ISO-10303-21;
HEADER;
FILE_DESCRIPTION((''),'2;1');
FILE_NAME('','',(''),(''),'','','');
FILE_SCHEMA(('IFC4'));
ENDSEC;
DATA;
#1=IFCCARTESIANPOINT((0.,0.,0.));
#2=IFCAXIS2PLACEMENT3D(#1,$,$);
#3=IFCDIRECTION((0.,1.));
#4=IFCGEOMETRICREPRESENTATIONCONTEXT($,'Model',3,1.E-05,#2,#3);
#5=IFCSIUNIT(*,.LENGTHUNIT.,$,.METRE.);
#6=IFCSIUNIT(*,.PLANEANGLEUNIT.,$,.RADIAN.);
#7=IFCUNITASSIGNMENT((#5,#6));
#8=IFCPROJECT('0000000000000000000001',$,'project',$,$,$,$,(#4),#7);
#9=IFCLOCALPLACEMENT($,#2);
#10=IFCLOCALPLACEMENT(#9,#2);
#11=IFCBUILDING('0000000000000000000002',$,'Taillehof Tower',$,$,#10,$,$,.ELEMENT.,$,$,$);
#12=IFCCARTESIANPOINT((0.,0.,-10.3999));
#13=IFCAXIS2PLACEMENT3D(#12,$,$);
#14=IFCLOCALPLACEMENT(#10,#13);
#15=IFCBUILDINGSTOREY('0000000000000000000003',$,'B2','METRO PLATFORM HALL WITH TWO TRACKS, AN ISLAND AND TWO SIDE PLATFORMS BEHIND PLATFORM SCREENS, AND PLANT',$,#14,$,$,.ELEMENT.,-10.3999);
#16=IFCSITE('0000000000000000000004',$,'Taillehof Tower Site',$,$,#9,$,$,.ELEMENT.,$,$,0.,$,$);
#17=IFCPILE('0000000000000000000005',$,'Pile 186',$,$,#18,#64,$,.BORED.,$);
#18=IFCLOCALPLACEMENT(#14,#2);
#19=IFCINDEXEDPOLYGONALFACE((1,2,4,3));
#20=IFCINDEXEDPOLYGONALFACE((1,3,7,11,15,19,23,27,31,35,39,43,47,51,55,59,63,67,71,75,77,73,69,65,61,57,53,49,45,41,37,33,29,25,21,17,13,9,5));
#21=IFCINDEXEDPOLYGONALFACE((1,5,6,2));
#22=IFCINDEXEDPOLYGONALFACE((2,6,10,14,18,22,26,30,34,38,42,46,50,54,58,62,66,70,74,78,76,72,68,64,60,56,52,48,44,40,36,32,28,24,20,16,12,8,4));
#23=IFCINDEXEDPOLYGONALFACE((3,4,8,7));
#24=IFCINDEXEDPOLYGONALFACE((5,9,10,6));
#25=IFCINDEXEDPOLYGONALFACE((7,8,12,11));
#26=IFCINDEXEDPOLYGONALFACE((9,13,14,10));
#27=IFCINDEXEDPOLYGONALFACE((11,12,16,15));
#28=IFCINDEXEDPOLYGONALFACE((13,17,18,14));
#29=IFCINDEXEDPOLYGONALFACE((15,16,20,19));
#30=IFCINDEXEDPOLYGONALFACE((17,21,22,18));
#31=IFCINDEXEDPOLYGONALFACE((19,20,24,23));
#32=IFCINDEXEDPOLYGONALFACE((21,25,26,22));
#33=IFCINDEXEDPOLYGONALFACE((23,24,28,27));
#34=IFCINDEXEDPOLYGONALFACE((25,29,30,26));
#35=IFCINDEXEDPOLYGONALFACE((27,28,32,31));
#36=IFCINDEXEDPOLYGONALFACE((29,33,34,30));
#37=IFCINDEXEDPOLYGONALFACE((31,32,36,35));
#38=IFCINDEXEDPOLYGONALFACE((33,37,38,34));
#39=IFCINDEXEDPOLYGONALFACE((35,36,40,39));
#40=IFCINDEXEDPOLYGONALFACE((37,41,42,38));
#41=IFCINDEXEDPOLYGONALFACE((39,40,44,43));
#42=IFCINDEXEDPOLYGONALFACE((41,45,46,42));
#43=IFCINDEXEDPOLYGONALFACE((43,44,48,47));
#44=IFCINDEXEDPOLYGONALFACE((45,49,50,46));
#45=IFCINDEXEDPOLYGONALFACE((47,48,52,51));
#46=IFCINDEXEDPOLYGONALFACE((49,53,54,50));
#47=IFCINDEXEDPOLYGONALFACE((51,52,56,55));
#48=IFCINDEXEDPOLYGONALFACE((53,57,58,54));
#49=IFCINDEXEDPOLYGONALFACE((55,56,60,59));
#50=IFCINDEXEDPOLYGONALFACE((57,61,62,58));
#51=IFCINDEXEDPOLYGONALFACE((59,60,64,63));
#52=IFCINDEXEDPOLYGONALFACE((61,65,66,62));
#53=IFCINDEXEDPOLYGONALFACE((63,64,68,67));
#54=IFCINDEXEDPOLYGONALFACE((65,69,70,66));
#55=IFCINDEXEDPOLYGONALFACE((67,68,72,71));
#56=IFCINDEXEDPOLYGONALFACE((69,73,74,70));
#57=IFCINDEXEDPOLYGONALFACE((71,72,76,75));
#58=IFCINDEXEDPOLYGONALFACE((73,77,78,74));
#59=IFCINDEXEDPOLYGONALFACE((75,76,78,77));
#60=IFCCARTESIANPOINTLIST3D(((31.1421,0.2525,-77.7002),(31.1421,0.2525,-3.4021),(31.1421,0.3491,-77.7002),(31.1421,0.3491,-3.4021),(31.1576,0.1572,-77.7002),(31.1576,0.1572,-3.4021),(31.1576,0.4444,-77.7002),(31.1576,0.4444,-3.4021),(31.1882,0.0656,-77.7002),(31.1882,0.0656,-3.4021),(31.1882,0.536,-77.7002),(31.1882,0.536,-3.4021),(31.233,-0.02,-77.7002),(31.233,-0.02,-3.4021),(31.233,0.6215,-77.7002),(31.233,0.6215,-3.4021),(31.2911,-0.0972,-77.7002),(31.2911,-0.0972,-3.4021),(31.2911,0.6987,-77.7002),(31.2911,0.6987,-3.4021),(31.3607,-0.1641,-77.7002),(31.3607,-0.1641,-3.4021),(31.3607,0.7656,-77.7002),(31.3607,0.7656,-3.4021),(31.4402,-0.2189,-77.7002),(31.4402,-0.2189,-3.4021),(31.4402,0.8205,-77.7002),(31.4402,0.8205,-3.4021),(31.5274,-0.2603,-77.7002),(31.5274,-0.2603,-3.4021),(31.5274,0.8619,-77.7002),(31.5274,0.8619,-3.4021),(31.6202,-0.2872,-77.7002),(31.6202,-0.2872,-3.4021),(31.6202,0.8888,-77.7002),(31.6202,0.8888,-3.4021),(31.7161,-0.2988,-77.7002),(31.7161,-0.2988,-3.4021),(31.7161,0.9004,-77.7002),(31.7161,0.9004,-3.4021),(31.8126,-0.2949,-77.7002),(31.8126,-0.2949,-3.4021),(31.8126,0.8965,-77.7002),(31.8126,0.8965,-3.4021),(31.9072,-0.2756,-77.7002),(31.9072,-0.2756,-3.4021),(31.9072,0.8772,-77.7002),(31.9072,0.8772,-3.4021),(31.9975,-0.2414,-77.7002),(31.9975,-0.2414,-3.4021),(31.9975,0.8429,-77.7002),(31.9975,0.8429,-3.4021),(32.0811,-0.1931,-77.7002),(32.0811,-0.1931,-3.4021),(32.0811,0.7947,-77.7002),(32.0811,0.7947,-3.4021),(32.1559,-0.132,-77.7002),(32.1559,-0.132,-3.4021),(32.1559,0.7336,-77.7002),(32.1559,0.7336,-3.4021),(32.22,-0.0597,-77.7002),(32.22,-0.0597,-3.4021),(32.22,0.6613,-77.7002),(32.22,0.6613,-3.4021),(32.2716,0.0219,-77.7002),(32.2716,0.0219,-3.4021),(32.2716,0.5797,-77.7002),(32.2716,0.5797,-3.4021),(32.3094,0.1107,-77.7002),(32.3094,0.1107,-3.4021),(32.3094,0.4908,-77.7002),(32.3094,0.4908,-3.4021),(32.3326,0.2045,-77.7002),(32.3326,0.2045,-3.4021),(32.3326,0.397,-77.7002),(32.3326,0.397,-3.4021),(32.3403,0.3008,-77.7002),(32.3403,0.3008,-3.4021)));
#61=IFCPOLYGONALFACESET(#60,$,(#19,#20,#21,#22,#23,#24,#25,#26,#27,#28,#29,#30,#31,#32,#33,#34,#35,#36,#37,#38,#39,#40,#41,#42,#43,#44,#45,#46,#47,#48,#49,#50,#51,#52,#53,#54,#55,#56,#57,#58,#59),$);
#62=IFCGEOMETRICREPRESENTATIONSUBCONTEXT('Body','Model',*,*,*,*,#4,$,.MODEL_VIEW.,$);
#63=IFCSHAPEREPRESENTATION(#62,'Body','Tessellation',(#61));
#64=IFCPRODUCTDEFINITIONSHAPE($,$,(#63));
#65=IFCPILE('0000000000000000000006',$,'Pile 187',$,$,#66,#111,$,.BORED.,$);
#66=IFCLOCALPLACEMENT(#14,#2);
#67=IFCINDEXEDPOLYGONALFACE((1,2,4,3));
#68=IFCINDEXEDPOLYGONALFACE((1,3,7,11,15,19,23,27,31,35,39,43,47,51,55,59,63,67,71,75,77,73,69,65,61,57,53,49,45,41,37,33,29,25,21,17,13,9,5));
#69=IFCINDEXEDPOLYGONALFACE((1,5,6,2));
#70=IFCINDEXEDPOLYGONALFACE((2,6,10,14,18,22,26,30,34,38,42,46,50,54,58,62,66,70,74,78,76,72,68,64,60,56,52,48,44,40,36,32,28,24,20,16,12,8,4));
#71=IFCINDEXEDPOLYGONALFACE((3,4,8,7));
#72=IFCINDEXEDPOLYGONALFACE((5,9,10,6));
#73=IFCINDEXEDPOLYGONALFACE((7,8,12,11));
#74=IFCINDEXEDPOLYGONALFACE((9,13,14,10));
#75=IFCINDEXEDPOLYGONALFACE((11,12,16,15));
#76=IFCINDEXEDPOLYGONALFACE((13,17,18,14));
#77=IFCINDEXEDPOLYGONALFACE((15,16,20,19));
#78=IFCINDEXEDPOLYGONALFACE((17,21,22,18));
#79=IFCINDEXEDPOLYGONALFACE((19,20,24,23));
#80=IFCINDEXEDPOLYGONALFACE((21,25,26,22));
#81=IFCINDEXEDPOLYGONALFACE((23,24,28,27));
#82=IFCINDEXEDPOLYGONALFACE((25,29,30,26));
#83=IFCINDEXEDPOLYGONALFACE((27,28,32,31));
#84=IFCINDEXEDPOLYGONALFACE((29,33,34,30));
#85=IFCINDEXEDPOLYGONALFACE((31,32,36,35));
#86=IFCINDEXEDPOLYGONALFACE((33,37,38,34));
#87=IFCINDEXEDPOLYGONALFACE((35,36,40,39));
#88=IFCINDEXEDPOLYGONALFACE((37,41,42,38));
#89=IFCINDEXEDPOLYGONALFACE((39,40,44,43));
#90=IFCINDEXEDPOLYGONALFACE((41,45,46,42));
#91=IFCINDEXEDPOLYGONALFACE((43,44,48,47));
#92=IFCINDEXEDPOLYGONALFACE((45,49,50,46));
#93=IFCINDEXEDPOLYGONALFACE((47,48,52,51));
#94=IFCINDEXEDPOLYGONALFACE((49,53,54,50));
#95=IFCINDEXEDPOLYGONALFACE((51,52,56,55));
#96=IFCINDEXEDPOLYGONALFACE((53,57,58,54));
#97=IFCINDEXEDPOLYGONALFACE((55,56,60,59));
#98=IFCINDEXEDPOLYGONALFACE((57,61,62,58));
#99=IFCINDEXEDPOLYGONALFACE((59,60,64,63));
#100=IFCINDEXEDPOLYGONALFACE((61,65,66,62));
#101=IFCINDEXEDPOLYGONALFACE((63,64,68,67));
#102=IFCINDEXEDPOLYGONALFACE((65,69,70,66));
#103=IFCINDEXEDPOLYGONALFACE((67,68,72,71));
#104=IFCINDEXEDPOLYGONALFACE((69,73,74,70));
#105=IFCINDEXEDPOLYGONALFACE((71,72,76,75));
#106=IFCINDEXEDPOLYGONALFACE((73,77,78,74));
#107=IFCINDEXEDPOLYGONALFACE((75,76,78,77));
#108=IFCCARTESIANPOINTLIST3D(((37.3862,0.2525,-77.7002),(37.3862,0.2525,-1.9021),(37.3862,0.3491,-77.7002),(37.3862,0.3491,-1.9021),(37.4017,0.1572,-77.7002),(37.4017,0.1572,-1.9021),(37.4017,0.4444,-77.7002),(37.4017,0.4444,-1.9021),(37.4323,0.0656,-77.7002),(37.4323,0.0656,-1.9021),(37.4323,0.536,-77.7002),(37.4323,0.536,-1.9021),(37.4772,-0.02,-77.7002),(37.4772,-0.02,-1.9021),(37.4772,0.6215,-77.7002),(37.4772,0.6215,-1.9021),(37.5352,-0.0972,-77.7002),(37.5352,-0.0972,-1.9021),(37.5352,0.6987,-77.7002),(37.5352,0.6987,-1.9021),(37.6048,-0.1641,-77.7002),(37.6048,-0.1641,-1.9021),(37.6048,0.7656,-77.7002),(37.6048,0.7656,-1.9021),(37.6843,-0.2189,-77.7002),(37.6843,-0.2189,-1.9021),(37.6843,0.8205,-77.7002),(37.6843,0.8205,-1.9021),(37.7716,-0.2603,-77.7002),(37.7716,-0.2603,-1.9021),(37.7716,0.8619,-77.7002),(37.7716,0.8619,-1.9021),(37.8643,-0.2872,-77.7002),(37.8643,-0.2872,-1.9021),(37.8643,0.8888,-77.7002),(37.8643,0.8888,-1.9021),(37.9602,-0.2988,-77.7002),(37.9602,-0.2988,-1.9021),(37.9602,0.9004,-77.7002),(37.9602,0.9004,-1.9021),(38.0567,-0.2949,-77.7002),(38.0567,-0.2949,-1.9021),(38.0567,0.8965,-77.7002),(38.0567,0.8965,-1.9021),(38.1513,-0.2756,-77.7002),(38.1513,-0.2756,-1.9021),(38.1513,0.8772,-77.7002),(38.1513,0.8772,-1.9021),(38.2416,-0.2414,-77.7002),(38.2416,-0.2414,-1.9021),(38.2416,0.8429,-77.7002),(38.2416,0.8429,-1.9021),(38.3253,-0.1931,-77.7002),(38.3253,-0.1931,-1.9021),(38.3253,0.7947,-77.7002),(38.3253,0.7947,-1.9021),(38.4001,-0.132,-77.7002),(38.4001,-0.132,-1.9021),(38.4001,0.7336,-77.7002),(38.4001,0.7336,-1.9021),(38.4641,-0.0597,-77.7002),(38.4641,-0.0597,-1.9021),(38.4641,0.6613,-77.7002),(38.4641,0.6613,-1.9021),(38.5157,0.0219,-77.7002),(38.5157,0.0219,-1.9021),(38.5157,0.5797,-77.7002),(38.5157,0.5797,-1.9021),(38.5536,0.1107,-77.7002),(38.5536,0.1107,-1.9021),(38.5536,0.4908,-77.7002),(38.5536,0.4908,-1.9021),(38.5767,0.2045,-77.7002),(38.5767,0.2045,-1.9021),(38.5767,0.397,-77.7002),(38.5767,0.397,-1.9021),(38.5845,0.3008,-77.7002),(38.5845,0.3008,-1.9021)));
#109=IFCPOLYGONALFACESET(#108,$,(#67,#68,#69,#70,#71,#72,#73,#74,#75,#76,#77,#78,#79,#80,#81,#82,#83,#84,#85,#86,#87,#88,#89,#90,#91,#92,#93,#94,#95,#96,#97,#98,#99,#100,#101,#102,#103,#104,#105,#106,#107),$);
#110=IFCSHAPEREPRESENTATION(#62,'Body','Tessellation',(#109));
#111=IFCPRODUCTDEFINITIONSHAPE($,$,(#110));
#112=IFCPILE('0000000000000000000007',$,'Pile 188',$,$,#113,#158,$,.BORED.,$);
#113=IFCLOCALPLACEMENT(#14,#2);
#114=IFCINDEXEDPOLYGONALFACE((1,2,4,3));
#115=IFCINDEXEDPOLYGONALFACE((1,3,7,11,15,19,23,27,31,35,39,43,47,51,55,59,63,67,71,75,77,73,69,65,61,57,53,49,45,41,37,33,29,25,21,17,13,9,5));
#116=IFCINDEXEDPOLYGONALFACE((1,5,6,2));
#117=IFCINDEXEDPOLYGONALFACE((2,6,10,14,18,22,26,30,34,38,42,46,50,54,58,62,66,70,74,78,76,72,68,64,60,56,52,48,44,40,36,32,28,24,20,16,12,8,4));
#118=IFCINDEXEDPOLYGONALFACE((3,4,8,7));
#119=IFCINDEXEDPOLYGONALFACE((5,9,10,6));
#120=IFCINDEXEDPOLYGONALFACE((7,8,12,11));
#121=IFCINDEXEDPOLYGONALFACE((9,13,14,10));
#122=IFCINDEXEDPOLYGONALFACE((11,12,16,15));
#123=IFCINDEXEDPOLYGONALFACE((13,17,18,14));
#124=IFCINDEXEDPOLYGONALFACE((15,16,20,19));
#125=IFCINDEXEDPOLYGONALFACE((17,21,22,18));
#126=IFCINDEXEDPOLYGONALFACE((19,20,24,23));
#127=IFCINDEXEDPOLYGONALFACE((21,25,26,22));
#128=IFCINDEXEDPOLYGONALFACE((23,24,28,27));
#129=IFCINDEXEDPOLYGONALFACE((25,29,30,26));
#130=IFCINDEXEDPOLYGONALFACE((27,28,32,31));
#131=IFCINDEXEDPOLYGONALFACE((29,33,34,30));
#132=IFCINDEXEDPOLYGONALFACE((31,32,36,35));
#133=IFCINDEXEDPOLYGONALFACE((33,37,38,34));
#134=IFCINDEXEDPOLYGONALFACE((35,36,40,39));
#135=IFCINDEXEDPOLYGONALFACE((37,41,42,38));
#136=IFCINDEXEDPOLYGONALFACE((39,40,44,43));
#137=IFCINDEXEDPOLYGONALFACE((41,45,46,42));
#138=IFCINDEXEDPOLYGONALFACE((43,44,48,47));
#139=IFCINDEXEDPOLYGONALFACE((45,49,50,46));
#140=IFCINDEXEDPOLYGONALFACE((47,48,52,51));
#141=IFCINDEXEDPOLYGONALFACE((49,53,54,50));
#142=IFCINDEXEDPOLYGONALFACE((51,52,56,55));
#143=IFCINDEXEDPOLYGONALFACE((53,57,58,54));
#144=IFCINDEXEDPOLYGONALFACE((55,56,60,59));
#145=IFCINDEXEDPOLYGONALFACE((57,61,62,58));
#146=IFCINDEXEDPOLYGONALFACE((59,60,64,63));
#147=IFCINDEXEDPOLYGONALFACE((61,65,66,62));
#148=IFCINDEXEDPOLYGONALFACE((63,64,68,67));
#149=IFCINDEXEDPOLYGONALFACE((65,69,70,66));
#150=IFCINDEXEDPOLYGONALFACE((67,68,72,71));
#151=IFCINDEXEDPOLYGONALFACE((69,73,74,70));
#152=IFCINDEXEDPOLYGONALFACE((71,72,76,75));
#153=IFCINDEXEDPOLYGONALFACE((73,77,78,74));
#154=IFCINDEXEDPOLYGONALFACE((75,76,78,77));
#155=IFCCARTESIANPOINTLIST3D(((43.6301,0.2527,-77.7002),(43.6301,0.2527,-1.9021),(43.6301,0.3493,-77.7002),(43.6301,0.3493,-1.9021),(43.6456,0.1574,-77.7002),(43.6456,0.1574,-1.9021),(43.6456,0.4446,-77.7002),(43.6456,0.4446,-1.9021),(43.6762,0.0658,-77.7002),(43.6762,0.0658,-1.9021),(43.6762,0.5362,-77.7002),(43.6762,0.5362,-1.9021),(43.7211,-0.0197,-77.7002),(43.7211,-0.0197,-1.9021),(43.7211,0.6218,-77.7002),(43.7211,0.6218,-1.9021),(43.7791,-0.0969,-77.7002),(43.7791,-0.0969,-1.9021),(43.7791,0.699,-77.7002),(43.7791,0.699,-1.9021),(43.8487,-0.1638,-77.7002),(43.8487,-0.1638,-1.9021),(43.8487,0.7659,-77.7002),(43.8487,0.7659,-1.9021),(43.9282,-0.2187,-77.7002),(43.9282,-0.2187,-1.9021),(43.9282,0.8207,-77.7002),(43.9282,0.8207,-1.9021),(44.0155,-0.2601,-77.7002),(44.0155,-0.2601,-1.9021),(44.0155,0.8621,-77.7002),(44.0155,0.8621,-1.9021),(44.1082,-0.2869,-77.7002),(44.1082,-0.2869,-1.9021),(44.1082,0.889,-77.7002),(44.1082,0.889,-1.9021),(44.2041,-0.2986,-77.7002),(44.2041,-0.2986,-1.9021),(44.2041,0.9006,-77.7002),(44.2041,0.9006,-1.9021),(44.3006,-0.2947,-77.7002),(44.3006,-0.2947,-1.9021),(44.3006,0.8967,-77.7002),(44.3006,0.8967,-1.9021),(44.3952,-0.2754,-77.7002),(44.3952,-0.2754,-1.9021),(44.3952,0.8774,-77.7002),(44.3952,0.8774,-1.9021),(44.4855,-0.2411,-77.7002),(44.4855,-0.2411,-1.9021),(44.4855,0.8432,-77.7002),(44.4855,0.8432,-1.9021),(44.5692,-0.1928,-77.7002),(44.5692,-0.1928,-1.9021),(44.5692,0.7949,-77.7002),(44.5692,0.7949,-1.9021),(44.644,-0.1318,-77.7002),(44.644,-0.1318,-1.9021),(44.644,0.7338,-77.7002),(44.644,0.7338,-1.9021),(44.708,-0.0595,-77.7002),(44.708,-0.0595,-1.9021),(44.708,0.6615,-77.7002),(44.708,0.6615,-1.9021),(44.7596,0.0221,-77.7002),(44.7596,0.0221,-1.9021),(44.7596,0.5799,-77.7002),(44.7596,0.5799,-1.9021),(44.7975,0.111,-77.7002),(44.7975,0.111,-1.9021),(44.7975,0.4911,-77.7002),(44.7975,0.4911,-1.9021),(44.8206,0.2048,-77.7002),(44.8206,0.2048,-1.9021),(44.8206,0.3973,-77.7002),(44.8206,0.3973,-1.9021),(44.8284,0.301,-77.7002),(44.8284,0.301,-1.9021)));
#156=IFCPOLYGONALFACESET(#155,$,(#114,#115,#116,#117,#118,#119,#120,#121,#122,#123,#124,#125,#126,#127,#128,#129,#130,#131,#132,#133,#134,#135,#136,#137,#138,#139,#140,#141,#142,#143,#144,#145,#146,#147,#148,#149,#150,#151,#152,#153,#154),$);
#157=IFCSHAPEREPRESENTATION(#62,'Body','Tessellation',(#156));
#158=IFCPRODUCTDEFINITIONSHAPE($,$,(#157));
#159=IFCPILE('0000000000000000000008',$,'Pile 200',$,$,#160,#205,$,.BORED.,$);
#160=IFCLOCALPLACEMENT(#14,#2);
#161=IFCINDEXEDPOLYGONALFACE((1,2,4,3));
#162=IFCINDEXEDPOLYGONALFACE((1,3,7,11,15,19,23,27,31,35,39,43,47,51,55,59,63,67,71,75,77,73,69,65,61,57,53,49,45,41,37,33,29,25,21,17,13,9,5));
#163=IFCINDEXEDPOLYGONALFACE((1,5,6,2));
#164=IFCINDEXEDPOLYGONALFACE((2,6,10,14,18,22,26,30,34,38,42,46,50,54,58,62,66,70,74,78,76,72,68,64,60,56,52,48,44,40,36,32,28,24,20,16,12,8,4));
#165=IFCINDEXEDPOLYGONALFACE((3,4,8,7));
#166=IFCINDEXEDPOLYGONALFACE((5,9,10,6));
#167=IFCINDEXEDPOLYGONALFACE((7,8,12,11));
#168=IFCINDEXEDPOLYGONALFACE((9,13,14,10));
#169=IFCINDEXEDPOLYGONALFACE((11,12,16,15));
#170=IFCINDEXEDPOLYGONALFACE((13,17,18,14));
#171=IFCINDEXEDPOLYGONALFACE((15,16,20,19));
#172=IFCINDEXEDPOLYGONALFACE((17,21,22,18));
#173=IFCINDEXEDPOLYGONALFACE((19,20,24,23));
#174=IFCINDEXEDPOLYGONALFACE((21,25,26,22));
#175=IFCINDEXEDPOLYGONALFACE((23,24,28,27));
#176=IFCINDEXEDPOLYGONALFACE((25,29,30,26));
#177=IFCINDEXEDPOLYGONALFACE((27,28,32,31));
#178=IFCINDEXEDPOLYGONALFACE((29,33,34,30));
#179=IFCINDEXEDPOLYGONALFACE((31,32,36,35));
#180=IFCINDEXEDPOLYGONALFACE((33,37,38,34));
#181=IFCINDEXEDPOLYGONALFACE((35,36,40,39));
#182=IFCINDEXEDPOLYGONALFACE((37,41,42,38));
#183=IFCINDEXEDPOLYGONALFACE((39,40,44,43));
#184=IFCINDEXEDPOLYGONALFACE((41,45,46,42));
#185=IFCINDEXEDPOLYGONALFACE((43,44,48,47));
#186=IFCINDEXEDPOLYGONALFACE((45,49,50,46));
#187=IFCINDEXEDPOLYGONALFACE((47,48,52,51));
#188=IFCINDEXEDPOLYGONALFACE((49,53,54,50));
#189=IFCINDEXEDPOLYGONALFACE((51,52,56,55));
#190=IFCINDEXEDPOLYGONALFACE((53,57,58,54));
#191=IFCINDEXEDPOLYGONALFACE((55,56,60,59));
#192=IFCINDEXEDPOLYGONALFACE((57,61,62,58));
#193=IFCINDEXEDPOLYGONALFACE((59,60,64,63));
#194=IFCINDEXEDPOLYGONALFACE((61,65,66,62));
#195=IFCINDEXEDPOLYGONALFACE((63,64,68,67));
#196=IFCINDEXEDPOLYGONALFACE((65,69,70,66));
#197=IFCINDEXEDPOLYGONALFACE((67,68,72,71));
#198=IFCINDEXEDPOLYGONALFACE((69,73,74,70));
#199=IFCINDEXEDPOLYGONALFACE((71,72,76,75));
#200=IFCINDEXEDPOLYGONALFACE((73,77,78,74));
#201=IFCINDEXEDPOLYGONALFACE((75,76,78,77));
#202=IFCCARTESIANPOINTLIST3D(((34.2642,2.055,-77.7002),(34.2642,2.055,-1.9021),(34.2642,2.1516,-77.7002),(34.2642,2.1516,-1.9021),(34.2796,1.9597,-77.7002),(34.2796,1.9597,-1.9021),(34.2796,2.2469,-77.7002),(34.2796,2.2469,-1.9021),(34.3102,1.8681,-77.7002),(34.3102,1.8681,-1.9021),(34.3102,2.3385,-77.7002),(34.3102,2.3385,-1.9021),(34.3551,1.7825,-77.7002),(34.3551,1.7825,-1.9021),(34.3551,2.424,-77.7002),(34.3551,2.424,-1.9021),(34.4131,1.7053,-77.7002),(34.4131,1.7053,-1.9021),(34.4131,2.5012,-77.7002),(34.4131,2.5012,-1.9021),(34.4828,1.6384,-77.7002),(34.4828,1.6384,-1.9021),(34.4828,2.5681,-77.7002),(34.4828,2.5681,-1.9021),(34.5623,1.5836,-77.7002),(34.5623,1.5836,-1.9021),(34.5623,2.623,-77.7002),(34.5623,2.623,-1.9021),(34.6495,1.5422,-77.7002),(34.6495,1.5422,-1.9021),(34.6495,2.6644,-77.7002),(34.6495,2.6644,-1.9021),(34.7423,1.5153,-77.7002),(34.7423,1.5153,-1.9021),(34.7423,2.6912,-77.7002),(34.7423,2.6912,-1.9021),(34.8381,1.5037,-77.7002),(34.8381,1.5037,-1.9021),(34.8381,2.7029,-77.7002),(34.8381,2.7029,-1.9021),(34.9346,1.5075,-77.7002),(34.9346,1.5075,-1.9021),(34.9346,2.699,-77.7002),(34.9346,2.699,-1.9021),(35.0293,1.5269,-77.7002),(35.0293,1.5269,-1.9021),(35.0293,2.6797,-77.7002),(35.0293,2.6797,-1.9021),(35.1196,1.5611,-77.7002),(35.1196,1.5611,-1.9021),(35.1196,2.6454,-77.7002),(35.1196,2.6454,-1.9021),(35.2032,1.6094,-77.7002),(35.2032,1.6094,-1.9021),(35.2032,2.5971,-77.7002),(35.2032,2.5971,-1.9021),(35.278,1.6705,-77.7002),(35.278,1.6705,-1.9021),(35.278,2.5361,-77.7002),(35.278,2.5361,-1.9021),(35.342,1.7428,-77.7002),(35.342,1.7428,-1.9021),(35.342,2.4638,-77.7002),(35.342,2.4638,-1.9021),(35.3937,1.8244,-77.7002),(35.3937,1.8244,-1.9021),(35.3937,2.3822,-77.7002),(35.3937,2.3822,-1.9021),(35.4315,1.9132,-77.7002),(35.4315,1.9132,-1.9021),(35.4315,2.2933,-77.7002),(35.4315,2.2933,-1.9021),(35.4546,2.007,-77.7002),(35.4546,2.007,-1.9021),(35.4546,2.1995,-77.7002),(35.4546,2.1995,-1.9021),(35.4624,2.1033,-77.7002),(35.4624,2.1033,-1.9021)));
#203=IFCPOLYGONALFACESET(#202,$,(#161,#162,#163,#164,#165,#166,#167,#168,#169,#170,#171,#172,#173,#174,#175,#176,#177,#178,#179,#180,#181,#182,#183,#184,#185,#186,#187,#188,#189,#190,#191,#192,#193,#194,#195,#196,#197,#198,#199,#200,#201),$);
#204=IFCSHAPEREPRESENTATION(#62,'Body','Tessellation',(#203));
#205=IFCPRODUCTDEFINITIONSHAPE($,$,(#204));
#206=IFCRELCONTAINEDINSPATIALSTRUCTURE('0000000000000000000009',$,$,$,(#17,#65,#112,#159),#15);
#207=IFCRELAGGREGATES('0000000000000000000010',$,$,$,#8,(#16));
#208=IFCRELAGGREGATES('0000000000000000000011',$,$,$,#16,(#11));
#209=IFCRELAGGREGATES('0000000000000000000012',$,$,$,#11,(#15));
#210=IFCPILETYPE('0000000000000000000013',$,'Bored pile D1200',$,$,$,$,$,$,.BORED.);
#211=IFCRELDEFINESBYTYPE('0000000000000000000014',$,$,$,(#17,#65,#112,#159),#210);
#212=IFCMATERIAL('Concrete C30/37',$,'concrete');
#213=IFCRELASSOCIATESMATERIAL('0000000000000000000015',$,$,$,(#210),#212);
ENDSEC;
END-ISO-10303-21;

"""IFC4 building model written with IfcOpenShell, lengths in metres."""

from ifc_helpers import new_model, si_unit, direction, frame, origin, origin_2d, place, context, subcontext, project, spatial, circle, extrude, material, material_profile, profile_set, type_object, element, save


model = new_model("IFC4")

# Units and contexts
model_context = context("Model", 3, precision=1e-05, world=origin(), true_north=direction((0.0, 1.0)))
body_context = subcontext(model_context, "Body", "Model", "MODEL_VIEW")
ifc_project = project(units=[si_unit("LENGTHUNIT", "METRE"), si_unit("PLANEANGLEUNIT", "RADIAN")], contexts=[model_context])

# Site, building, storey
site_placement = place(None, origin())
site = spatial("IfcSite", under=ifc_project, at=site_placement, Name="Taillehof Tower Site", CompositionType="ELEMENT", RefElevation=0.0)
building_placement = place(site_placement, origin())
building = spatial("IfcBuilding", under=site, at=building_placement, Name="Taillehof Tower", CompositionType="ELEMENT")
storey_placement = place(building_placement, frame((0.0, 0.0, -10.3999)))
storey = spatial("IfcBuildingStorey", under=building, at=storey_placement, Name="B2", Description="METRO PLATFORM HALL WITH TWO TRACKS, AN ISLAND AND TWO SIDE PLATFORMS BEHIND PLATFORM SCREENS, AND PLANT", CompositionType="ELEMENT", Elevation=-10.3999)

# Piles
ifc_material_1 = material(Name="Concrete C30/37", Category="concrete")
ifc_material_profile_1 = material_profile(ifc_material_1, circle(Radius=0.6001, at=origin_2d()), Name="BP D1200")
ifc_profile_set_1 = profile_set([ifc_material_profile_1], Name="Concrete C30/37")
pile_type = type_object("IfcPileType", Name="Bored pile D1200", PredefinedType="BORED", material=ifc_profile_set_1)
pile_1_placement = place(storey_placement, frame((31.7402, 0.3008, -3.4021), z_axis=(0.0, 0.0, -1.0), x_axis=(1.0, 0.0, 0.0)))
element("IfcPile", 1, at=pile_1_placement, inside=storey, type_object=pile_type, Name="Pile 186", PredefinedType="BORED", context=body_context, shape_type="SweptSolid", body=[
    extrude(circle(Radius=0.6001, at=origin_2d()), origin(), (0.0, 0.0, 1.0), 74.2981),
])
for number, where, z_axis, x_axis, name in (
    (2, (37.9844, 0.3008, -1.9021), (0.0, 0.0, -1.0), (1.0, 0.0, 0.0), "Pile 187"),
    (3, (44.2283, 0.301, -1.9021), (0.0, 0.0, -1.0), (1.0, 0.0, 0.0), "Pile 188"),
    (4, (34.8623, 2.1033, -1.9021), (0.0, 0.0, -1.0), (1.0, 0.0, 0.0), "Pile 200"),
):
    element("IfcPile", number, at=place(storey_placement, frame(where, z_axis=z_axis, x_axis=x_axis)), inside=storey, type_object=pile_type, Name=name, PredefinedType="BORED", context=body_context, shape_type="SweptSolid", body=[
        extrude(circle(Radius=0.6001, at=origin_2d()), origin(), (0.0, 0.0, 1.0), 75.7981),
    ])

save(model, "model.ifc")
